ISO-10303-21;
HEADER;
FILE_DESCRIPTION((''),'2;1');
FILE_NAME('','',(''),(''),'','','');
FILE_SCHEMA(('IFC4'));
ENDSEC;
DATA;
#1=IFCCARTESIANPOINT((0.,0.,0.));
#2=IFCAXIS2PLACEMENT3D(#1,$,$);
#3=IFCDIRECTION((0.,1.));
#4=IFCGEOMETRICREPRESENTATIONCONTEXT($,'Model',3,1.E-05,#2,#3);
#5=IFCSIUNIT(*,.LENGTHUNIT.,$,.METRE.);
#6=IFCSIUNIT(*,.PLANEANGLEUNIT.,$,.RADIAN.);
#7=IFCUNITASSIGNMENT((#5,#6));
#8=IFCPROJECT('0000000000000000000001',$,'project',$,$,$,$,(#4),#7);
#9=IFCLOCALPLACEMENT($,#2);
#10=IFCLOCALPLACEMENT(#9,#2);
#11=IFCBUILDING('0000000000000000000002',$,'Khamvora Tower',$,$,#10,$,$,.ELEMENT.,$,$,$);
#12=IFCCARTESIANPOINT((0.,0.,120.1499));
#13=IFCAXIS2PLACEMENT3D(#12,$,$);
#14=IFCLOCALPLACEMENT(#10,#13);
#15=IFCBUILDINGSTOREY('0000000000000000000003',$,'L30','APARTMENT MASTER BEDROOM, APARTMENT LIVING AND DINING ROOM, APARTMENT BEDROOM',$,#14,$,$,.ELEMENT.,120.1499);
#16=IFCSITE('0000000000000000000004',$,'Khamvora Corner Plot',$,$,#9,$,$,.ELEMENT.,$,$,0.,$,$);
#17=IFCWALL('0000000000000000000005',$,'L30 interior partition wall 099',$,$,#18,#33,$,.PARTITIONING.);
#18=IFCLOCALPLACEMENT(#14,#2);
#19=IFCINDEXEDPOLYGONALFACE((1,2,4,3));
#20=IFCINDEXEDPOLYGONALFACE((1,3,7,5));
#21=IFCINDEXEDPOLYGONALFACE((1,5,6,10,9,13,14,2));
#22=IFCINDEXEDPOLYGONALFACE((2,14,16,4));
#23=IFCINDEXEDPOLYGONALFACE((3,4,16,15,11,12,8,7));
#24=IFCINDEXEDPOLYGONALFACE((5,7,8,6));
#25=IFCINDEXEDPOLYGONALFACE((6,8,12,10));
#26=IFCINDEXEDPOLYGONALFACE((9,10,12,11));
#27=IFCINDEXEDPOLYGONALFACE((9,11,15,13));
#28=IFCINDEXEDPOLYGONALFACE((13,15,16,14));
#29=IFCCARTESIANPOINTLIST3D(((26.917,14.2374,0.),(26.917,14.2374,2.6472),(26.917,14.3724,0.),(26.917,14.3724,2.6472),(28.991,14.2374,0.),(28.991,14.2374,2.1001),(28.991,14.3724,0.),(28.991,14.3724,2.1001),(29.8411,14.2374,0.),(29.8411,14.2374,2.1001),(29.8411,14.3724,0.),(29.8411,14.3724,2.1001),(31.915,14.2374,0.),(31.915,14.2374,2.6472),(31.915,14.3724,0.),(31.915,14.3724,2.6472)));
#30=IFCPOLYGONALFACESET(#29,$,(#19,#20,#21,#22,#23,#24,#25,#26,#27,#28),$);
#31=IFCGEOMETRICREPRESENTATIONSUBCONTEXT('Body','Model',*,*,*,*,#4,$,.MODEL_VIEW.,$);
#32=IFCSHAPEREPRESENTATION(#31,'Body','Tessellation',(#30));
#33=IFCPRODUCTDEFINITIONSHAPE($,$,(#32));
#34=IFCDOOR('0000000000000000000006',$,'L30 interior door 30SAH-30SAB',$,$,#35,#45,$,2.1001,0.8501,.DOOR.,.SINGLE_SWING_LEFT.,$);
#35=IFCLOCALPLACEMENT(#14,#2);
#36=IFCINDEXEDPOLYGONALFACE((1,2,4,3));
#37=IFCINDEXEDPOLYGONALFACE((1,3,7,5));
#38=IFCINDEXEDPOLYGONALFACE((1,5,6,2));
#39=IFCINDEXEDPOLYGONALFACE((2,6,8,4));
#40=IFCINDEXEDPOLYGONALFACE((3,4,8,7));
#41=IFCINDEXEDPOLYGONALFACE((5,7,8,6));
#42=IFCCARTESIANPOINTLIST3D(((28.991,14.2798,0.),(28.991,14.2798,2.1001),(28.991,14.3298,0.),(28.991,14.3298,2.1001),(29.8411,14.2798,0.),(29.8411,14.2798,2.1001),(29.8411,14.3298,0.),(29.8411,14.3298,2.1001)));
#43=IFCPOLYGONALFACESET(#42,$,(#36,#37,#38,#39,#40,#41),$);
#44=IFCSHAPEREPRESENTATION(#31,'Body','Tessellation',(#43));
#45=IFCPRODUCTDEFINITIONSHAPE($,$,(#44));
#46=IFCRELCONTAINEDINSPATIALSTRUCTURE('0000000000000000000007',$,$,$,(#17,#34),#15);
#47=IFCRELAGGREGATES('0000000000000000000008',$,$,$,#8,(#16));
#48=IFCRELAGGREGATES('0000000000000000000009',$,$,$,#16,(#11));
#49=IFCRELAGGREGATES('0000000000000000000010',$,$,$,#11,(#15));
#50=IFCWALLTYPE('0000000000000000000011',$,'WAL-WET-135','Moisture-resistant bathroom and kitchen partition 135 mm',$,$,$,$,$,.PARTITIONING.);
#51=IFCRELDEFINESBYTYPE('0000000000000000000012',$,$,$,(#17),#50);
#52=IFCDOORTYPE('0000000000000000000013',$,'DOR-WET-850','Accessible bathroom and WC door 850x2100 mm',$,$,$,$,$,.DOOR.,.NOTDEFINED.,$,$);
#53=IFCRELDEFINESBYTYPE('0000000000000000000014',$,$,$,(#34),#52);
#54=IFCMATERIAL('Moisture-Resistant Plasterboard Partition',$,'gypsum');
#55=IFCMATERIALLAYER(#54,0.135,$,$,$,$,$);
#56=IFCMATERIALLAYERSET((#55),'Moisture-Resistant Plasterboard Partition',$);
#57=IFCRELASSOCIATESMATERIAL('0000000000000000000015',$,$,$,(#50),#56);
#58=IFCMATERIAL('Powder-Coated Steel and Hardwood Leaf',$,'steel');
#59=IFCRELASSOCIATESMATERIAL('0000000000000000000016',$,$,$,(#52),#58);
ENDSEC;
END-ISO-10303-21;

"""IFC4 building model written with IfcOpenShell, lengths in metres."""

from ifc_helpers import new_model, si_unit, direction, frame, frame_2d, origin, place, context, subcontext, project, spatial, rectangle, extrude, material, layer, layer_set, type_object, element, fill, save


model = new_model("IFC4")

# Units and contexts
model_context = context("Model", 3, precision=1e-05, world=origin(), true_north=direction((0.0, 1.0)))
body_context = subcontext(model_context, "Body", "Model", "MODEL_VIEW")
ifc_project = project(units=[si_unit("LENGTHUNIT", "METRE"), si_unit("PLANEANGLEUNIT", "RADIAN")], contexts=[model_context])

# Site, building, storey
site_placement = place(None, origin())
site = spatial("IfcSite", under=ifc_project, at=site_placement, Name="Khamvora Corner Plot", CompositionType="ELEMENT", RefElevation=0.0)
building_placement = place(site_placement, origin())
building = spatial("IfcBuilding", under=site, at=building_placement, Name="Khamvora Tower", CompositionType="ELEMENT")
storey_placement = place(building_placement, frame((0.0, 0.0, 120.1499)))
storey = spatial("IfcBuildingStorey", under=building, at=storey_placement, Name="L30", Description="APARTMENT MASTER BEDROOM, APARTMENT LIVING AND DINING ROOM, APARTMENT BEDROOM", CompositionType="ELEMENT", Elevation=120.1499)

# Shared definitions
ifc_material_1 = material(Name="Powder-Coated Steel and Hardwood Leaf", Category="steel")

# Wall, opening, door
ifc_material_2 = material(Name="Moisture-Resistant Plasterboard Partition", Category="gypsum")
ifc_layer_1 = layer(ifc_material_2, 0.135)
ifc_layer_set_1 = layer_set([ifc_layer_1], Name="Moisture-Resistant Plasterboard Partition")
wall_type_1 = type_object("IfcWallType", Name="WAL-WET-135", Description="Moisture-resistant bathroom and kitchen partition 135 mm", PredefinedType="PARTITIONING", material=ifc_layer_set_1)
wall_1_placement = place(storey_placement, frame((26.917, 14.3049, 0.0), z_axis=(0.0, 0.0, 1.0), x_axis=(1.0, 0.0, 0.0)))
wall_1 = element("IfcWall", 1, at=wall_1_placement, inside=storey, type_object=wall_type_1, Name="L30 interior partition wall 099", PredefinedType="PARTITIONING", context=body_context, shape_type="SweptSolid", body=[
    extrude(rectangle(XDim=4.998, YDim=0.135, at=frame_2d((2.499, 0.0))), origin(), (0.0, 0.0, 1.0), 2.6472),
])
opening_1_placement = place(wall_1_placement, frame((2.074, 0.0, 0.0)))
opening_1 = element("IfcOpeningElement", 2, at=opening_1_placement, cuts=wall_1, PredefinedType="OPENING", context=body_context, shape_type="SweptSolid", body=[
    extrude(rectangle(XDim=0.8501, YDim=2.1001, at=frame_2d((0.425, 1.05))), frame((0.0, 0.0774, 0.0), z_axis=(0.0, -1.0, 0.0), x_axis=(1.0, 0.0, 0.0)), (0.0, 0.0, 1.0), 0.155),
])
door_type_1 = type_object("IfcDoorType", Name="DOR-WET-850", Description="Accessible bathroom and WC door 850x2100 mm", OperationType="NOTDEFINED", PredefinedType="DOOR", material=ifc_material_1)
door_1_placement = place(opening_1_placement, origin())
door_1 = element("IfcDoor", 3, at=door_1_placement, inside=storey, type_object=door_type_1, Name="L30 interior door 30SAH-30SAB", OperationType="SINGLE_SWING_LEFT", OverallHeight=2.1001, OverallWidth=0.8501, PredefinedType="DOOR", context=body_context, shape_type="SweptSolid", body=[
    extrude(rectangle(XDim=0.8501, YDim=2.1001, at=frame_2d((0.425, 1.05))), frame((0.0, 0.0249, 0.0), z_axis=(0.0, -1.0, 0.0), x_axis=(1.0, 0.0, 0.0)), (0.0, 0.0, 1.0), 0.05),
])
fill(opening_1, door_1)

save(model, "model.ifc")
